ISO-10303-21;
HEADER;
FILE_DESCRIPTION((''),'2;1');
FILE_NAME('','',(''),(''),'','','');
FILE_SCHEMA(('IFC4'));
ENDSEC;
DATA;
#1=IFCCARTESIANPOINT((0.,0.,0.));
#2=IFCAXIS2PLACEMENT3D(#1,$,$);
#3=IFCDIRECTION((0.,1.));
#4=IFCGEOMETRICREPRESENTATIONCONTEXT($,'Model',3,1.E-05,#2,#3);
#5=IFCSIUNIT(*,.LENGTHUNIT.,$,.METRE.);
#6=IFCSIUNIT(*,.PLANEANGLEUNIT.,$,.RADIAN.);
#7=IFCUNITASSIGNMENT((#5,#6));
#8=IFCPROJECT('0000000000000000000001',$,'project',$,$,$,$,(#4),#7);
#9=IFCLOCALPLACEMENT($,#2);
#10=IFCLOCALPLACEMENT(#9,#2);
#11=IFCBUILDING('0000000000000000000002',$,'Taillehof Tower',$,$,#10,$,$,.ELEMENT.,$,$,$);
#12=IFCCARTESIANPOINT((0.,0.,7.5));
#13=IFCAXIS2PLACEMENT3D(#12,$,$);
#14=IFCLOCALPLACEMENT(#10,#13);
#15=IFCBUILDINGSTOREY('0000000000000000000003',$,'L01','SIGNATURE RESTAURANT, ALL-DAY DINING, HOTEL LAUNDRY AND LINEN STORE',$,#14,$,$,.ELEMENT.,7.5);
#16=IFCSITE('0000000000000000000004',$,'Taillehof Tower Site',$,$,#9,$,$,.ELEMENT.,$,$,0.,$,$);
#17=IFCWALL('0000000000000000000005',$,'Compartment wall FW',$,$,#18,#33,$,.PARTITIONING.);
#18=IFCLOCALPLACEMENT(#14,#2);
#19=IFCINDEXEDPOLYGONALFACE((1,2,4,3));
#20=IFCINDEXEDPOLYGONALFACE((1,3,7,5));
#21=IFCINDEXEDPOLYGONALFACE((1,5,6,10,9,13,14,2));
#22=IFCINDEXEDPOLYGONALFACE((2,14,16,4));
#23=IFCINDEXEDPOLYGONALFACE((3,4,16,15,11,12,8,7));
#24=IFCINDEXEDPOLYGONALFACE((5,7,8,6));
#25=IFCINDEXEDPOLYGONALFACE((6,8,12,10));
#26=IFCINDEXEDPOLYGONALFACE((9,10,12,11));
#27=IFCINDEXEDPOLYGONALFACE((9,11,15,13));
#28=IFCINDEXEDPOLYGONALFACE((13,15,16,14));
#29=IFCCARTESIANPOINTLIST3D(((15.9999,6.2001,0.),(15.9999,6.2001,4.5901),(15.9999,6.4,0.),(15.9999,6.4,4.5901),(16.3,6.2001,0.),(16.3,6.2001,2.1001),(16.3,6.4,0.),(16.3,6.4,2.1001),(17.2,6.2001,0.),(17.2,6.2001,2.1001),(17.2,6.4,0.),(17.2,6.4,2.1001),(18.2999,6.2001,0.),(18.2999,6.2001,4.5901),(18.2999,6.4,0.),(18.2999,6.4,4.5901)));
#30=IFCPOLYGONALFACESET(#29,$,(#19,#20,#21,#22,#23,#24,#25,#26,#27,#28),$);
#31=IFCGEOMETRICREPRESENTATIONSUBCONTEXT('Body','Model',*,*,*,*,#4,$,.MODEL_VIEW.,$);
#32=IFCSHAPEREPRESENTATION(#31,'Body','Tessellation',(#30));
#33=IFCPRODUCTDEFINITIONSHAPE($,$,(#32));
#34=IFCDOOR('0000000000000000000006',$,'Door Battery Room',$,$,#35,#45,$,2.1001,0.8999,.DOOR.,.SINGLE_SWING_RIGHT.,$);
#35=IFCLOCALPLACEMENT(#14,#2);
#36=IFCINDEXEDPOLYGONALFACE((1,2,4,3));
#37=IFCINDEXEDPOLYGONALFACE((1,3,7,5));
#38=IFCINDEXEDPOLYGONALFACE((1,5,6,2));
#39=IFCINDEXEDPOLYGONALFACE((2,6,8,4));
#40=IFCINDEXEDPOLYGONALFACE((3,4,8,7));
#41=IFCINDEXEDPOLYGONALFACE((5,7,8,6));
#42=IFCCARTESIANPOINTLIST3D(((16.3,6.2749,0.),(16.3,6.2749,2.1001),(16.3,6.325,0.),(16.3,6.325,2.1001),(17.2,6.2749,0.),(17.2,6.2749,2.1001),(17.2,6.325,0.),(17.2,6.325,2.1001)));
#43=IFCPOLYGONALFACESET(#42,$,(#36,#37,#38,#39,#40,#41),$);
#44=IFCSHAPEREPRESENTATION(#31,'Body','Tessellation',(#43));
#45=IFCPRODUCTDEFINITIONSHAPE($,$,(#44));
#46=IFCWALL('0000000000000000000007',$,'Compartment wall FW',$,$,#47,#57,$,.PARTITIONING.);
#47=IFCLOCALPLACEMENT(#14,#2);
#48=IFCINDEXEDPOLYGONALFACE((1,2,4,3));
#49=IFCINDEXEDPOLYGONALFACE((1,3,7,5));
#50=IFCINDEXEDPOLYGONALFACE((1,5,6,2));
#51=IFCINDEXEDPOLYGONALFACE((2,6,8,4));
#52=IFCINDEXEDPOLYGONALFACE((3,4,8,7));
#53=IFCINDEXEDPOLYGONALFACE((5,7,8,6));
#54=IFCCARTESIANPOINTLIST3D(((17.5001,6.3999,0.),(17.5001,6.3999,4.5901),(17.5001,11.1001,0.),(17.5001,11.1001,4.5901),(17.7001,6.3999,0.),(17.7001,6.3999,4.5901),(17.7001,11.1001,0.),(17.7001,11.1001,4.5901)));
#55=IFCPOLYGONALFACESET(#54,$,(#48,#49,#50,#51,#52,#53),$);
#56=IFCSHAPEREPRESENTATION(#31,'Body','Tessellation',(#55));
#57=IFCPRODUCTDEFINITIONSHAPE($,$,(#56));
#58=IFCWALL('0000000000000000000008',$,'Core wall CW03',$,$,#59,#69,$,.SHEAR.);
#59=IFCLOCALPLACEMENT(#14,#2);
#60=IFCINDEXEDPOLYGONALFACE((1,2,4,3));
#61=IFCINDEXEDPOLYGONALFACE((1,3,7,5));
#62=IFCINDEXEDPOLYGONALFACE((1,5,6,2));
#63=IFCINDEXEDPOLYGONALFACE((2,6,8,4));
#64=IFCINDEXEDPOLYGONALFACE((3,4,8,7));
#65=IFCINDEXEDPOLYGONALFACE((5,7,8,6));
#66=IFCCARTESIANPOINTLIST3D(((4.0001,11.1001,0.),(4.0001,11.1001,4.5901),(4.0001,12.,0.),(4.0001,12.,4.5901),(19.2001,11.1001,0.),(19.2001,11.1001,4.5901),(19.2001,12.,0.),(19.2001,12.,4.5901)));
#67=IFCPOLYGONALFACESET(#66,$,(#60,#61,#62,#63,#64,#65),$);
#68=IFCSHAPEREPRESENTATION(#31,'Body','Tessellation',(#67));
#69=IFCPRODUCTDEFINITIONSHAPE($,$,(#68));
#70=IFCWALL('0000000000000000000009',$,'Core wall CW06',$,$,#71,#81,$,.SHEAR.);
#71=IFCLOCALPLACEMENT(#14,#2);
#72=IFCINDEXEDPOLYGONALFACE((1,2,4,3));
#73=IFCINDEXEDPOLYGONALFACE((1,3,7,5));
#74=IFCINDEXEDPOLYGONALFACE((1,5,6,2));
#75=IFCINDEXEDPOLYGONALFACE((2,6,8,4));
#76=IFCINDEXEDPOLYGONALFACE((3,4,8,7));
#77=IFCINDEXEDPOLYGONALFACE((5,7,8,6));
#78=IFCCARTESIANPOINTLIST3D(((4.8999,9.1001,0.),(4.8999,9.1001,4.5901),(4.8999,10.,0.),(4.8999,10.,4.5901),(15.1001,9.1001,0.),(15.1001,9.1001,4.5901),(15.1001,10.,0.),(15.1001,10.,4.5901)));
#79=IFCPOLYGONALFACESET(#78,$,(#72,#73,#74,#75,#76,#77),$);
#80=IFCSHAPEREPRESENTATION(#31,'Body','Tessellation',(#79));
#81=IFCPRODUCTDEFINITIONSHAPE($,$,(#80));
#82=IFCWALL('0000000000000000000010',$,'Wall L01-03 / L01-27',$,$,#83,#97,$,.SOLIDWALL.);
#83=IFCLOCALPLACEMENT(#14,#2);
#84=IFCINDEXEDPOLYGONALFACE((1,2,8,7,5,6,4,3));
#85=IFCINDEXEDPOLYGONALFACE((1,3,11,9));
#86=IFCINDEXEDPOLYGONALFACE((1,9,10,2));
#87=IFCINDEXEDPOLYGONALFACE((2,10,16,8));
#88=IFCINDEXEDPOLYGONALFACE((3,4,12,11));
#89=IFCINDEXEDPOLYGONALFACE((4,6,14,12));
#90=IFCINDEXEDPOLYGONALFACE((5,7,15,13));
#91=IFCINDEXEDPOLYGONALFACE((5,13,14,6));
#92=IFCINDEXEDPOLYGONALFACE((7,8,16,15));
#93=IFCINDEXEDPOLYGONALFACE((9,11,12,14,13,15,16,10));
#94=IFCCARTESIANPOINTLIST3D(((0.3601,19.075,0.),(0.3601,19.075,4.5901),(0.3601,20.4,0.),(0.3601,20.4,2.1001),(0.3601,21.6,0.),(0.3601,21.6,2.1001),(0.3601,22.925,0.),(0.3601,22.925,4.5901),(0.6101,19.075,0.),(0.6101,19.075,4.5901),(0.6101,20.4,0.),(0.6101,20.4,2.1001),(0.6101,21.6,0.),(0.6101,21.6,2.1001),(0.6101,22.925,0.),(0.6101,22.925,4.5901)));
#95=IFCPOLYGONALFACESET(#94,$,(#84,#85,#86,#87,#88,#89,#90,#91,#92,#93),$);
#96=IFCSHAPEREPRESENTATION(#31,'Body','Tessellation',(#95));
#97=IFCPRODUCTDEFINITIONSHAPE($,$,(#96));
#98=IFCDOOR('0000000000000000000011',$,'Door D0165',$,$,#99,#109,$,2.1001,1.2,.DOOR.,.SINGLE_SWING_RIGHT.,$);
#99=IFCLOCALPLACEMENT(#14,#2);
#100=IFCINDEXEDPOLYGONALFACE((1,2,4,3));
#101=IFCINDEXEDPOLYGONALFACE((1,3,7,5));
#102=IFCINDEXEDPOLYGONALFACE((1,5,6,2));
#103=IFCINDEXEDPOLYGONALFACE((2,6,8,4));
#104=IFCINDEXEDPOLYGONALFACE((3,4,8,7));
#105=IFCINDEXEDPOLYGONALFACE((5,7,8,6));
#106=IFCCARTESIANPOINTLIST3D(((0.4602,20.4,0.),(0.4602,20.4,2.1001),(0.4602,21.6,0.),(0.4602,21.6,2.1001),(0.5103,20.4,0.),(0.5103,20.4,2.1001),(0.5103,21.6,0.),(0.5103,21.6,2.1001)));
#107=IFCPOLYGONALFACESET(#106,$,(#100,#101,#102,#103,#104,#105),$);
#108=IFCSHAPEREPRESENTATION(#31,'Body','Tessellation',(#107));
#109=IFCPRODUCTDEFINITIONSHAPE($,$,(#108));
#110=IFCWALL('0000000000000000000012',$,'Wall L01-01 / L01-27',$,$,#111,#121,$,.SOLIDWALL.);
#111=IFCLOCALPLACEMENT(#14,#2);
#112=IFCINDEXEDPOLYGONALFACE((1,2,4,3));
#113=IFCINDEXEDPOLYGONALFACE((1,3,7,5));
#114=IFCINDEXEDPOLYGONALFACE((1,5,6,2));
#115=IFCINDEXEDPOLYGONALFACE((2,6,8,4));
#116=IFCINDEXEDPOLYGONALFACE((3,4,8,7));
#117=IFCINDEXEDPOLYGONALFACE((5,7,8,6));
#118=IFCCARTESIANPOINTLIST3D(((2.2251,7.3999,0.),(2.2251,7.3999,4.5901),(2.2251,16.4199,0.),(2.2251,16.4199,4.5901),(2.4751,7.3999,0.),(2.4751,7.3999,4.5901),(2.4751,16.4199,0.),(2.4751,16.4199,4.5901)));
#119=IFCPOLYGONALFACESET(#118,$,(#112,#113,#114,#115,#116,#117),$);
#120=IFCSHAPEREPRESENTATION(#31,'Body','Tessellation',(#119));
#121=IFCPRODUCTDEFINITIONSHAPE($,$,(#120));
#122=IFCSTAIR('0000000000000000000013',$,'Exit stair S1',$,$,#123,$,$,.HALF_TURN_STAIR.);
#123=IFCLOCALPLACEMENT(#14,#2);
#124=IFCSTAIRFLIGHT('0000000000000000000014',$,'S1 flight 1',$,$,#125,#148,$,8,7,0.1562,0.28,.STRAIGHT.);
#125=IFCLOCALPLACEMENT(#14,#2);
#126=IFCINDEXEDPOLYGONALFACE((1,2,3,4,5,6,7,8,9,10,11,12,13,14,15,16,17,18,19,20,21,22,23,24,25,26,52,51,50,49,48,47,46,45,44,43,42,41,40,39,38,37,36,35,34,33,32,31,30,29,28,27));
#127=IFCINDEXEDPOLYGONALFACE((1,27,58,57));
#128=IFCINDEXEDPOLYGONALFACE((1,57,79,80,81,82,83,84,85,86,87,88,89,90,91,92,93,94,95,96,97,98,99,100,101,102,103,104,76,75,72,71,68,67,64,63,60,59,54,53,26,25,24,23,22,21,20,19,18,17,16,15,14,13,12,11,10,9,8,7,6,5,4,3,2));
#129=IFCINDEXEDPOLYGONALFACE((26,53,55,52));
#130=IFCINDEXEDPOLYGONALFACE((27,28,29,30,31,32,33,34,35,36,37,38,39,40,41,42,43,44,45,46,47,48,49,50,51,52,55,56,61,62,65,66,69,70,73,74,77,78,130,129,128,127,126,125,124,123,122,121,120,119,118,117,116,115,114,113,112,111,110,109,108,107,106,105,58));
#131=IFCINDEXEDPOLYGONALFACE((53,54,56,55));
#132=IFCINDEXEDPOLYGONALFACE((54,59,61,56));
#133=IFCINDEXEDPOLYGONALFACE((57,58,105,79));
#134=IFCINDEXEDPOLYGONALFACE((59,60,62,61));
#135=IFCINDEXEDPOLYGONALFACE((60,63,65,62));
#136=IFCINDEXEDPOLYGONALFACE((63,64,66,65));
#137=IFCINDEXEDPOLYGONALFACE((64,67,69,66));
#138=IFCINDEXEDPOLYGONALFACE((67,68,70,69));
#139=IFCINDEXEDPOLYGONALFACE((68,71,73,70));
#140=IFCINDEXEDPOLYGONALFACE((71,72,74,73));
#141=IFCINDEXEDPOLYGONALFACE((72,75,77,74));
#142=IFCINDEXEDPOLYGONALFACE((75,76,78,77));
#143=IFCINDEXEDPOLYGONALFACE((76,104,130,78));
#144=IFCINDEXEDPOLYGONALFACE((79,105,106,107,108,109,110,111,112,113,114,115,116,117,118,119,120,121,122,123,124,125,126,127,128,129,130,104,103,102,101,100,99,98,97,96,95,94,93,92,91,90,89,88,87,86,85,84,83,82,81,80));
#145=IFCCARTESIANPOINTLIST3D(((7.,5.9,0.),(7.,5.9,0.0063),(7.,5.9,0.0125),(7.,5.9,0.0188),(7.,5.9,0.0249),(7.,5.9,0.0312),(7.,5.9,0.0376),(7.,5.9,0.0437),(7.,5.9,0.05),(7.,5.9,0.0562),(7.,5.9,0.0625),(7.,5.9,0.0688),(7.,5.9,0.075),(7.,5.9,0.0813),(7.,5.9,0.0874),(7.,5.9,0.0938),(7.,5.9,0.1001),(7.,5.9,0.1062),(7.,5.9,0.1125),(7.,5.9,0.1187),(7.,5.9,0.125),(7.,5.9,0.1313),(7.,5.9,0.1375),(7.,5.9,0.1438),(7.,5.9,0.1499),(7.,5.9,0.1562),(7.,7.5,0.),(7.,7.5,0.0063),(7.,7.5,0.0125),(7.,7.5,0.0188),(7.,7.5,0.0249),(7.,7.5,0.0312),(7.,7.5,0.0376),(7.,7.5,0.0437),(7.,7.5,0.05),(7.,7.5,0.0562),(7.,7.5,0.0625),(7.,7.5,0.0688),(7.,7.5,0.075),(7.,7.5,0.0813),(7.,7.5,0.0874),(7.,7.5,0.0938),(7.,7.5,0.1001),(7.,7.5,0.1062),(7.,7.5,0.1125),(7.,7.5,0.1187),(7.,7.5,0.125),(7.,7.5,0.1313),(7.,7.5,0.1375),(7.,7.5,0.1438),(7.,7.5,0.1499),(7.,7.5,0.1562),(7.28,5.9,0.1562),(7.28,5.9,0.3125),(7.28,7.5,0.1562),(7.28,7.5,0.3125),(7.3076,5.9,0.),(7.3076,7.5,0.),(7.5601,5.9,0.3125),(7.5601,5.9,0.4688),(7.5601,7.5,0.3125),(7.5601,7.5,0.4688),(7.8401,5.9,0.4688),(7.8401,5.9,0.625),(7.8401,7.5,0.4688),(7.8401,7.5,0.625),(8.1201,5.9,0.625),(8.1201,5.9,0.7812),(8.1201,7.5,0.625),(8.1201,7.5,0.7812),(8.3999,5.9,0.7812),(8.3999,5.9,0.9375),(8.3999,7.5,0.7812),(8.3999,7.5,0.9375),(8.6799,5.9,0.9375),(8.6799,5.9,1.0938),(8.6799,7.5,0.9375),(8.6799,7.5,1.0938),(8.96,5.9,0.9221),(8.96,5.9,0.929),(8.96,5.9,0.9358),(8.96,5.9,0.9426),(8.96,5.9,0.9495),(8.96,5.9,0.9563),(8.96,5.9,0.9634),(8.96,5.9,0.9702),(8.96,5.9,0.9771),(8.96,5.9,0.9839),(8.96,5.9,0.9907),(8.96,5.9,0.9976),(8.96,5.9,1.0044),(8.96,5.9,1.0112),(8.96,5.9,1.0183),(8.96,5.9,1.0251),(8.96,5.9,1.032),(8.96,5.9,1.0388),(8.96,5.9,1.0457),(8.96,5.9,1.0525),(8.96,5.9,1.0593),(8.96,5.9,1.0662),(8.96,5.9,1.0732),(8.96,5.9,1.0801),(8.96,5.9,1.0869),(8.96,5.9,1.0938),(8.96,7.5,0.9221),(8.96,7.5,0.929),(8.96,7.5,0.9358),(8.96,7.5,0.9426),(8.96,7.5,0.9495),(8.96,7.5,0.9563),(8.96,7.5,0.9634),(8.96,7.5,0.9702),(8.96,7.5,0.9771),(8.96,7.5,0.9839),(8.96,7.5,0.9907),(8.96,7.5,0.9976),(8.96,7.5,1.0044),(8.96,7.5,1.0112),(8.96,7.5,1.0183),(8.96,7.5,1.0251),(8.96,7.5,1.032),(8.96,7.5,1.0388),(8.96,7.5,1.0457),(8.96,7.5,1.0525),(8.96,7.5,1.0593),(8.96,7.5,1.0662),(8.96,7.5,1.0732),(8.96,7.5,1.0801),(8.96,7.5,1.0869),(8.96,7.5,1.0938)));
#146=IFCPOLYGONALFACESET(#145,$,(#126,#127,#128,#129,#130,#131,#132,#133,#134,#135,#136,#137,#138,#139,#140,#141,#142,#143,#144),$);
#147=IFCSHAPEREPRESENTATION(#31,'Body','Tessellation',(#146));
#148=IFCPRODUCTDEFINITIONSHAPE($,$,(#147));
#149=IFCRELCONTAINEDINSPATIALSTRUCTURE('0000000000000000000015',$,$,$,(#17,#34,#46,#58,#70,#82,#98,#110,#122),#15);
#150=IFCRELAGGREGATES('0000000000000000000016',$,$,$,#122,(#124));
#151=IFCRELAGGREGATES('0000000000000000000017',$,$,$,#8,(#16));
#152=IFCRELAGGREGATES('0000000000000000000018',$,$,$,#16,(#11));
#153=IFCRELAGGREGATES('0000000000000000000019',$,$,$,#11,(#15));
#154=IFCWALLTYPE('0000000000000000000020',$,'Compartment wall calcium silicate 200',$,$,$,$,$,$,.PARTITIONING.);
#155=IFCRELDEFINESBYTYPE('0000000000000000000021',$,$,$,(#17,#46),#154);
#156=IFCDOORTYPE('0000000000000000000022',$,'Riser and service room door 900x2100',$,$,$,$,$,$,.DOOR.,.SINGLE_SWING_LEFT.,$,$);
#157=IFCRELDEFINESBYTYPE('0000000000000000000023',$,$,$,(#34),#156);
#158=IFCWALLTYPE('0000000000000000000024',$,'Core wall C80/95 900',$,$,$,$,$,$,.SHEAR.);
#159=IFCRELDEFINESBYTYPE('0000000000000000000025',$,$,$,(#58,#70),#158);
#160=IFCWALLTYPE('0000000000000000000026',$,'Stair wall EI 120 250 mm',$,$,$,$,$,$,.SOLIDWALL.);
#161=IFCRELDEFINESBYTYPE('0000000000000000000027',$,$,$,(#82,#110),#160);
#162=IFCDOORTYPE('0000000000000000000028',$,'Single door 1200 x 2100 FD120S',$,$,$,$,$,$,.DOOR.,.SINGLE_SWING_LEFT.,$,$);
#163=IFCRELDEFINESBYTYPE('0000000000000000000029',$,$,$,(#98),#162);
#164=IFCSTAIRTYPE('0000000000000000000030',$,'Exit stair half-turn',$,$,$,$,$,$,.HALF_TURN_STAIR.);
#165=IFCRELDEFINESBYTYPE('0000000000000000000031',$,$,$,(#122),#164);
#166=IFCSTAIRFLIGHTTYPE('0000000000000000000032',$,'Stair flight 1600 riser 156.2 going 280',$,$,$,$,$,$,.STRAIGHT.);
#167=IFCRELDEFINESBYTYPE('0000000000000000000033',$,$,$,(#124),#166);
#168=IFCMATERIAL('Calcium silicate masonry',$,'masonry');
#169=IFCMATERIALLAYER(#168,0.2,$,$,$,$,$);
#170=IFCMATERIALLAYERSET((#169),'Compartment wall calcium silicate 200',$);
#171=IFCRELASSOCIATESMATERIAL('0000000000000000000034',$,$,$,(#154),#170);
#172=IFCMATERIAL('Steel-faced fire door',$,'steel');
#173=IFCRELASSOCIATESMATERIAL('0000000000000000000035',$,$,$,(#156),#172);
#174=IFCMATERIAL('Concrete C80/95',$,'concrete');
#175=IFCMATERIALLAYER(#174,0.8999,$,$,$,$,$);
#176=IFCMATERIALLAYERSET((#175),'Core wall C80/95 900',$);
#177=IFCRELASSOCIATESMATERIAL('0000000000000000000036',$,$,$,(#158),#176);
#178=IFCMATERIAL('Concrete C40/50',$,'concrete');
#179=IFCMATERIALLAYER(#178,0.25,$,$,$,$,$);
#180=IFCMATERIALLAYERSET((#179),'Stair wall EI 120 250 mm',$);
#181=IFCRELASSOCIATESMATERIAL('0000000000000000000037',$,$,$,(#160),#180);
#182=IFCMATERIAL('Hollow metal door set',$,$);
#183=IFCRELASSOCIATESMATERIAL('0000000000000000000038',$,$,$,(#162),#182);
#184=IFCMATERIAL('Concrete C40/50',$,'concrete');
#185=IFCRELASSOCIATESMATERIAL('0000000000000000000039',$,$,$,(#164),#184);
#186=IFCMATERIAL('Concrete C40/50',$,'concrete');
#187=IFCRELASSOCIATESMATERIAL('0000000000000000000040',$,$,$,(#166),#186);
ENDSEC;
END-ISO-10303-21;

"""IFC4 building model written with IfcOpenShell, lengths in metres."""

from ifc_helpers import new_model, si_unit, direction, frame, frame_2d, origin, place, context, subcontext, project, spatial, polyline, rectangle, outline, extrude, material, layer, layer_set, type_object, element, fill, aggregate, save


model = new_model("IFC4")

# Units and contexts
model_context = context("Model", 3, precision=1e-05, world=origin(), true_north=direction((0.0, 1.0)))
body_context = subcontext(model_context, "Body", "Model", "MODEL_VIEW")
ifc_project = project(units=[si_unit("LENGTHUNIT", "METRE"), si_unit("PLANEANGLEUNIT", "RADIAN")], contexts=[model_context])

# Site, building, storey
site_placement = place(None, origin())
site = spatial("IfcSite", under=ifc_project, at=site_placement, Name="Taillehof Tower Site", CompositionType="ELEMENT", RefElevation=0.0)
building_placement = place(site_placement, origin())
building = spatial("IfcBuilding", under=site, at=building_placement, Name="Taillehof Tower", CompositionType="ELEMENT")
storey_placement = place(building_placement, frame((0.0, 0.0, 7.5)))
storey = spatial("IfcBuildingStorey", under=building, at=storey_placement, Name="L01", Description="SIGNATURE RESTAURANT, ALL-DAY DINING, HOTEL LAUNDRY AND LINEN STORE", CompositionType="ELEMENT", Elevation=7.5)

# Wall, opening, door
ifc_material_1 = material(Name="Calcium silicate masonry", Category="masonry")
ifc_layer_1 = layer(ifc_material_1, 0.2)
ifc_layer_set_1 = layer_set([ifc_layer_1], Name="Compartment wall calcium silicate 200")
wall_type_1 = type_object("IfcWallType", Name="Compartment wall calcium silicate 200", PredefinedType="PARTITIONING", material=ifc_layer_set_1)
wall_1_placement = place(storey_placement, frame((16.0, 6.3, 0.0), z_axis=(0.0, 0.0, 1.0), x_axis=(1.0, 0.0, 0.0)))
wall_1 = element("IfcWall", 1, at=wall_1_placement, inside=storey, type_object=wall_type_1, Name="Compartment wall FW", PredefinedType="PARTITIONING", context=body_context, shape_type="SweptSolid", body=[
    extrude(rectangle(XDim=2.3, YDim=0.2, at=frame_2d((1.1499, 0.0))), origin(), (0.0, 0.0, 1.0), 4.5901),
])
opening_1_placement = place(wall_1_placement, frame((0.3, 0.0, 0.0)))
opening_1 = element("IfcOpeningElement", 2, at=opening_1_placement, cuts=wall_1, PredefinedType="OPENING", context=body_context, shape_type="SweptSolid", body=[
    extrude(rectangle(XDim=0.8999, YDim=2.1001, at=frame_2d((0.45, 1.05))), frame((0.0, 0.1099, 0.0), z_axis=(0.0, -1.0, 0.0), x_axis=(1.0, 0.0, 0.0)), (0.0, 0.0, 1.0), 0.22),
])
ifc_material_2 = material(Name="Steel-faced fire door", Category="steel")
door_type_1 = type_object("IfcDoorType", Name="Riser and service room door 900x2100", OperationType="SINGLE_SWING_LEFT", PredefinedType="DOOR", material=ifc_material_2)
door_1_placement = place(opening_1_placement, origin())
door_1 = element("IfcDoor", 3, at=door_1_placement, inside=storey, type_object=door_type_1, Name="Door Battery Room", OperationType="SINGLE_SWING_RIGHT", OverallHeight=2.1001, OverallWidth=0.8999, PredefinedType="DOOR", context=body_context, shape_type="SweptSolid", body=[
    extrude(rectangle(XDim=0.8999, YDim=2.1001, at=frame_2d((0.45, 1.05))), frame((0.0, 0.0249, 0.0), z_axis=(0.0, -1.0, 0.0), x_axis=(1.0, 0.0, 0.0)), (0.0, 0.0, 1.0), 0.05),
])
fill(opening_1, door_1)

# Walls
wall_2_placement = place(storey_placement, frame((17.6001, 6.3999, 0.0), z_axis=(0.0, 0.0, 1.0), x_axis=(0.0, 1.0, 0.0)))
element("IfcWall", 4, at=wall_2_placement, inside=storey, type_object=wall_type_1, Name="Compartment wall FW", PredefinedType="PARTITIONING", context=body_context, shape_type="SweptSolid", body=[
    extrude(rectangle(XDim=4.7002, YDim=0.2, at=frame_2d((2.3501, 0.0))), origin(), (0.0, 0.0, 1.0), 4.5901),
])
ifc_material_3 = material(Name="Concrete C80/95", Category="concrete")
ifc_layer_2 = layer(ifc_material_3, 0.8999)
ifc_layer_set_2 = layer_set([ifc_layer_2], Name="Core wall C80/95 900")
wall_type_2 = type_object("IfcWallType", Name="Core wall C80/95 900", PredefinedType="SHEAR", material=ifc_layer_set_2)
wall_3_placement = place(storey_placement, frame((4.0, 11.55, 0.0), z_axis=(0.0, 0.0, 1.0), x_axis=(1.0, 0.0, 0.0)))
element("IfcWall", 5, at=wall_3_placement, inside=storey, type_object=wall_type_2, Name="Core wall CW03", PredefinedType="SHEAR", context=body_context, shape_type="SweptSolid", body=[
    extrude(rectangle(XDim=15.2, YDim=0.8999, at=frame_2d((7.6001, 0.0))), origin(), (0.0, 0.0, 1.0), 4.5901),
])
wall_4_placement = place(storey_placement, frame((4.8999, 9.55, 0.0), z_axis=(0.0, 0.0, 1.0), x_axis=(1.0, 0.0, 0.0)))
element("IfcWall", 6, at=wall_4_placement, inside=storey, type_object=wall_type_2, Name="Core wall CW06", PredefinedType="SHEAR", context=body_context, shape_type="SweptSolid", body=[
    extrude(rectangle(XDim=10.2002, YDim=0.8999, at=frame_2d((5.1001, 0.0))), origin(), (0.0, 0.0, 1.0), 4.5901),
])

# Wall, opening, door
ifc_material_4 = material(Name="Concrete C40/50", Category="concrete")
ifc_layer_3 = layer(ifc_material_4, 0.25)
ifc_layer_set_3 = layer_set([ifc_layer_3], Name="Stair wall EI 120 250 mm")
wall_type_3 = type_object("IfcWallType", Name="Stair wall EI 120 250 mm", PredefinedType="SOLIDWALL", material=ifc_layer_set_3)
wall_5_placement = place(storey_placement, frame((0.4851, 19.075, 0.0), z_axis=(0.0, 0.0, 1.0), x_axis=(0.0, 1.0, 0.0)))
wall_5 = element("IfcWall", 7, at=wall_5_placement, inside=storey, type_object=wall_type_3, Name="Wall L01-03 / L01-27", PredefinedType="SOLIDWALL", context=body_context, shape_type="SweptSolid", body=[
    extrude(rectangle(XDim=3.8501, YDim=0.25, at=frame_2d((1.925, 0.0))), origin(), (0.0, 0.0, 1.0), 4.5901),
])
opening_2_placement = place(wall_5_placement, frame((1.325, 0.0, 0.0)))
opening_2 = element("IfcOpeningElement", 8, at=opening_2_placement, cuts=wall_5, PredefinedType="OPENING", context=body_context, shape_type="SweptSolid", body=[
    extrude(rectangle(XDim=1.2, YDim=2.1001, at=frame_2d((0.6001, 1.05))), frame((0.0, 0.135, 0.0), z_axis=(0.0, -1.0, 0.0), x_axis=(1.0, 0.0, 0.0)), (0.0, 0.0, 1.0), 0.27),
])
ifc_material_5 = material(Name="Hollow metal door set")
door_type_2 = type_object("IfcDoorType", Name="Single door 1200 x 2100 FD120S", OperationType="SINGLE_SWING_LEFT", PredefinedType="DOOR", material=ifc_material_5)
door_2_placement = place(opening_2_placement, origin())
door_2 = element("IfcDoor", 9, at=door_2_placement, inside=storey, type_object=door_type_2, Name="Door D0165", OperationType="SINGLE_SWING_RIGHT", OverallHeight=2.1001, OverallWidth=1.2, PredefinedType="DOOR", context=body_context, shape_type="SweptSolid", body=[
    extrude(rectangle(XDim=1.2, YDim=2.1001, at=frame_2d((0.6001, 1.05))), frame((0.0, 0.0249, 0.0), z_axis=(0.0, -1.0, 0.0), x_axis=(1.0, 0.0, 0.0)), (0.0, 0.0, 1.0), 0.05),
])
fill(opening_2, door_2)

# Wall
wall_6_placement = place(storey_placement, frame((2.3501, 7.3999, 0.0), z_axis=(0.0, 0.0, 1.0), x_axis=(0.0, 1.0, 0.0)))
element("IfcWall", 10, at=wall_6_placement, inside=storey, type_object=wall_type_3, Name="Wall L01-01 / L01-27", PredefinedType="SOLIDWALL", context=body_context, shape_type="SweptSolid", body=[
    extrude(rectangle(XDim=9.02, YDim=0.25, at=frame_2d((4.51, 0.0))), origin(), (0.0, 0.0, 1.0), 4.5901),
])

# Stair, stair flight
ifc_material_6 = material(Name="Concrete C40/50", Category="concrete")
stair_type_1 = type_object("IfcStairType", Name="Exit stair half-turn", PredefinedType="HALF_TURN_STAIR", material=ifc_material_6)
stair_1_placement = place(storey_placement, origin())
stair_1 = element("IfcStair", 11, at=stair_1_placement, inside=storey, type_object=stair_type_1, Name="Exit stair S1", PredefinedType="HALF_TURN_STAIR")
ifc_material_7 = material(Name="Concrete C40/50", Category="concrete")
stair_flight_type_1 = type_object("IfcStairFlightType", Name="Stair flight 1600 riser 156.2 going 280", PredefinedType="STRAIGHT", material=ifc_material_7)
stair_flight_1_placement = place(storey_placement, frame((7.0, 6.7, 0.0), z_axis=(0.0, 0.0, 1.0), x_axis=(1.0, 0.0, 0.0)))
stair_flight_1 = element("IfcStairFlight", 12, at=stair_flight_1_placement, type_object=stair_flight_type_1, Name="S1 flight 1", NumberOfRisers=8, NumberOfTreads=7, PredefinedType="STRAIGHT", RiserHeight=0.1562, TreadLength=0.28, context=body_context, shape_type="SweptSolid", body=[
    extrude(outline(polyline([(0.0, 0.0), (0.0, 0.0063), (0.0, 0.0125), (0.0, 0.0188), (0.0, 0.0249), (0.0, 0.0312), (0.0, 0.0376), (0.0, 0.0437), (0.0, 0.05), (0.0, 0.0562), (0.0, 0.0625), (0.0, 0.0688), (0.0, 0.075), (0.0, 0.0813), (0.0, 0.0874), (0.0, 0.0938), (0.0, 0.1001), (0.0, 0.1062), (0.0, 0.1125), (0.0, 0.1187), (0.0, 0.125), (0.0, 0.1313), (0.0, 0.1375), (0.0, 0.1438), (0.0, 0.1499), (0.0, 0.1562), (0.28, 0.1562), (0.28, 0.3125), (0.5601, 0.3125), (0.5601, 0.4688), (0.8401, 0.4688), (0.8401, 0.625), (1.1201, 0.625), (1.1201, 0.7812), (1.3999, 0.7812), (1.3999, 0.9375), (1.6799, 0.9375), (1.6799, 1.0938), (1.96, 1.0938), (1.96, 1.0869), (1.96, 1.0801), (1.96, 1.0732), (1.96, 1.0662), (1.96, 1.0593), (1.96, 1.0525), (1.96, 1.0457), (1.96, 1.0388), (1.96, 1.032), (1.96, 1.0251), (1.96, 1.0183), (1.96, 1.0112), (1.96, 1.0044), (1.96, 0.9976), (1.96, 0.9907), (1.96, 0.9839), (1.96, 0.9771), (1.96, 0.9702), (1.96, 0.9634), (1.96, 0.9563), (1.96, 0.9495), (1.96, 0.9426), (1.96, 0.9358), (1.96, 0.929), (1.96, 0.9221), (0.3076, 0.0), (0.0, 0.0)])), frame((0.0, 0.8, 0.0), z_axis=(0.0, -1.0, 0.0), x_axis=(1.0, 0.0, 0.0)), (0.0, 0.0, 1.0), 1.6),
])
aggregate(stair_1, [stair_flight_1])

save(model, "model.ifc")
